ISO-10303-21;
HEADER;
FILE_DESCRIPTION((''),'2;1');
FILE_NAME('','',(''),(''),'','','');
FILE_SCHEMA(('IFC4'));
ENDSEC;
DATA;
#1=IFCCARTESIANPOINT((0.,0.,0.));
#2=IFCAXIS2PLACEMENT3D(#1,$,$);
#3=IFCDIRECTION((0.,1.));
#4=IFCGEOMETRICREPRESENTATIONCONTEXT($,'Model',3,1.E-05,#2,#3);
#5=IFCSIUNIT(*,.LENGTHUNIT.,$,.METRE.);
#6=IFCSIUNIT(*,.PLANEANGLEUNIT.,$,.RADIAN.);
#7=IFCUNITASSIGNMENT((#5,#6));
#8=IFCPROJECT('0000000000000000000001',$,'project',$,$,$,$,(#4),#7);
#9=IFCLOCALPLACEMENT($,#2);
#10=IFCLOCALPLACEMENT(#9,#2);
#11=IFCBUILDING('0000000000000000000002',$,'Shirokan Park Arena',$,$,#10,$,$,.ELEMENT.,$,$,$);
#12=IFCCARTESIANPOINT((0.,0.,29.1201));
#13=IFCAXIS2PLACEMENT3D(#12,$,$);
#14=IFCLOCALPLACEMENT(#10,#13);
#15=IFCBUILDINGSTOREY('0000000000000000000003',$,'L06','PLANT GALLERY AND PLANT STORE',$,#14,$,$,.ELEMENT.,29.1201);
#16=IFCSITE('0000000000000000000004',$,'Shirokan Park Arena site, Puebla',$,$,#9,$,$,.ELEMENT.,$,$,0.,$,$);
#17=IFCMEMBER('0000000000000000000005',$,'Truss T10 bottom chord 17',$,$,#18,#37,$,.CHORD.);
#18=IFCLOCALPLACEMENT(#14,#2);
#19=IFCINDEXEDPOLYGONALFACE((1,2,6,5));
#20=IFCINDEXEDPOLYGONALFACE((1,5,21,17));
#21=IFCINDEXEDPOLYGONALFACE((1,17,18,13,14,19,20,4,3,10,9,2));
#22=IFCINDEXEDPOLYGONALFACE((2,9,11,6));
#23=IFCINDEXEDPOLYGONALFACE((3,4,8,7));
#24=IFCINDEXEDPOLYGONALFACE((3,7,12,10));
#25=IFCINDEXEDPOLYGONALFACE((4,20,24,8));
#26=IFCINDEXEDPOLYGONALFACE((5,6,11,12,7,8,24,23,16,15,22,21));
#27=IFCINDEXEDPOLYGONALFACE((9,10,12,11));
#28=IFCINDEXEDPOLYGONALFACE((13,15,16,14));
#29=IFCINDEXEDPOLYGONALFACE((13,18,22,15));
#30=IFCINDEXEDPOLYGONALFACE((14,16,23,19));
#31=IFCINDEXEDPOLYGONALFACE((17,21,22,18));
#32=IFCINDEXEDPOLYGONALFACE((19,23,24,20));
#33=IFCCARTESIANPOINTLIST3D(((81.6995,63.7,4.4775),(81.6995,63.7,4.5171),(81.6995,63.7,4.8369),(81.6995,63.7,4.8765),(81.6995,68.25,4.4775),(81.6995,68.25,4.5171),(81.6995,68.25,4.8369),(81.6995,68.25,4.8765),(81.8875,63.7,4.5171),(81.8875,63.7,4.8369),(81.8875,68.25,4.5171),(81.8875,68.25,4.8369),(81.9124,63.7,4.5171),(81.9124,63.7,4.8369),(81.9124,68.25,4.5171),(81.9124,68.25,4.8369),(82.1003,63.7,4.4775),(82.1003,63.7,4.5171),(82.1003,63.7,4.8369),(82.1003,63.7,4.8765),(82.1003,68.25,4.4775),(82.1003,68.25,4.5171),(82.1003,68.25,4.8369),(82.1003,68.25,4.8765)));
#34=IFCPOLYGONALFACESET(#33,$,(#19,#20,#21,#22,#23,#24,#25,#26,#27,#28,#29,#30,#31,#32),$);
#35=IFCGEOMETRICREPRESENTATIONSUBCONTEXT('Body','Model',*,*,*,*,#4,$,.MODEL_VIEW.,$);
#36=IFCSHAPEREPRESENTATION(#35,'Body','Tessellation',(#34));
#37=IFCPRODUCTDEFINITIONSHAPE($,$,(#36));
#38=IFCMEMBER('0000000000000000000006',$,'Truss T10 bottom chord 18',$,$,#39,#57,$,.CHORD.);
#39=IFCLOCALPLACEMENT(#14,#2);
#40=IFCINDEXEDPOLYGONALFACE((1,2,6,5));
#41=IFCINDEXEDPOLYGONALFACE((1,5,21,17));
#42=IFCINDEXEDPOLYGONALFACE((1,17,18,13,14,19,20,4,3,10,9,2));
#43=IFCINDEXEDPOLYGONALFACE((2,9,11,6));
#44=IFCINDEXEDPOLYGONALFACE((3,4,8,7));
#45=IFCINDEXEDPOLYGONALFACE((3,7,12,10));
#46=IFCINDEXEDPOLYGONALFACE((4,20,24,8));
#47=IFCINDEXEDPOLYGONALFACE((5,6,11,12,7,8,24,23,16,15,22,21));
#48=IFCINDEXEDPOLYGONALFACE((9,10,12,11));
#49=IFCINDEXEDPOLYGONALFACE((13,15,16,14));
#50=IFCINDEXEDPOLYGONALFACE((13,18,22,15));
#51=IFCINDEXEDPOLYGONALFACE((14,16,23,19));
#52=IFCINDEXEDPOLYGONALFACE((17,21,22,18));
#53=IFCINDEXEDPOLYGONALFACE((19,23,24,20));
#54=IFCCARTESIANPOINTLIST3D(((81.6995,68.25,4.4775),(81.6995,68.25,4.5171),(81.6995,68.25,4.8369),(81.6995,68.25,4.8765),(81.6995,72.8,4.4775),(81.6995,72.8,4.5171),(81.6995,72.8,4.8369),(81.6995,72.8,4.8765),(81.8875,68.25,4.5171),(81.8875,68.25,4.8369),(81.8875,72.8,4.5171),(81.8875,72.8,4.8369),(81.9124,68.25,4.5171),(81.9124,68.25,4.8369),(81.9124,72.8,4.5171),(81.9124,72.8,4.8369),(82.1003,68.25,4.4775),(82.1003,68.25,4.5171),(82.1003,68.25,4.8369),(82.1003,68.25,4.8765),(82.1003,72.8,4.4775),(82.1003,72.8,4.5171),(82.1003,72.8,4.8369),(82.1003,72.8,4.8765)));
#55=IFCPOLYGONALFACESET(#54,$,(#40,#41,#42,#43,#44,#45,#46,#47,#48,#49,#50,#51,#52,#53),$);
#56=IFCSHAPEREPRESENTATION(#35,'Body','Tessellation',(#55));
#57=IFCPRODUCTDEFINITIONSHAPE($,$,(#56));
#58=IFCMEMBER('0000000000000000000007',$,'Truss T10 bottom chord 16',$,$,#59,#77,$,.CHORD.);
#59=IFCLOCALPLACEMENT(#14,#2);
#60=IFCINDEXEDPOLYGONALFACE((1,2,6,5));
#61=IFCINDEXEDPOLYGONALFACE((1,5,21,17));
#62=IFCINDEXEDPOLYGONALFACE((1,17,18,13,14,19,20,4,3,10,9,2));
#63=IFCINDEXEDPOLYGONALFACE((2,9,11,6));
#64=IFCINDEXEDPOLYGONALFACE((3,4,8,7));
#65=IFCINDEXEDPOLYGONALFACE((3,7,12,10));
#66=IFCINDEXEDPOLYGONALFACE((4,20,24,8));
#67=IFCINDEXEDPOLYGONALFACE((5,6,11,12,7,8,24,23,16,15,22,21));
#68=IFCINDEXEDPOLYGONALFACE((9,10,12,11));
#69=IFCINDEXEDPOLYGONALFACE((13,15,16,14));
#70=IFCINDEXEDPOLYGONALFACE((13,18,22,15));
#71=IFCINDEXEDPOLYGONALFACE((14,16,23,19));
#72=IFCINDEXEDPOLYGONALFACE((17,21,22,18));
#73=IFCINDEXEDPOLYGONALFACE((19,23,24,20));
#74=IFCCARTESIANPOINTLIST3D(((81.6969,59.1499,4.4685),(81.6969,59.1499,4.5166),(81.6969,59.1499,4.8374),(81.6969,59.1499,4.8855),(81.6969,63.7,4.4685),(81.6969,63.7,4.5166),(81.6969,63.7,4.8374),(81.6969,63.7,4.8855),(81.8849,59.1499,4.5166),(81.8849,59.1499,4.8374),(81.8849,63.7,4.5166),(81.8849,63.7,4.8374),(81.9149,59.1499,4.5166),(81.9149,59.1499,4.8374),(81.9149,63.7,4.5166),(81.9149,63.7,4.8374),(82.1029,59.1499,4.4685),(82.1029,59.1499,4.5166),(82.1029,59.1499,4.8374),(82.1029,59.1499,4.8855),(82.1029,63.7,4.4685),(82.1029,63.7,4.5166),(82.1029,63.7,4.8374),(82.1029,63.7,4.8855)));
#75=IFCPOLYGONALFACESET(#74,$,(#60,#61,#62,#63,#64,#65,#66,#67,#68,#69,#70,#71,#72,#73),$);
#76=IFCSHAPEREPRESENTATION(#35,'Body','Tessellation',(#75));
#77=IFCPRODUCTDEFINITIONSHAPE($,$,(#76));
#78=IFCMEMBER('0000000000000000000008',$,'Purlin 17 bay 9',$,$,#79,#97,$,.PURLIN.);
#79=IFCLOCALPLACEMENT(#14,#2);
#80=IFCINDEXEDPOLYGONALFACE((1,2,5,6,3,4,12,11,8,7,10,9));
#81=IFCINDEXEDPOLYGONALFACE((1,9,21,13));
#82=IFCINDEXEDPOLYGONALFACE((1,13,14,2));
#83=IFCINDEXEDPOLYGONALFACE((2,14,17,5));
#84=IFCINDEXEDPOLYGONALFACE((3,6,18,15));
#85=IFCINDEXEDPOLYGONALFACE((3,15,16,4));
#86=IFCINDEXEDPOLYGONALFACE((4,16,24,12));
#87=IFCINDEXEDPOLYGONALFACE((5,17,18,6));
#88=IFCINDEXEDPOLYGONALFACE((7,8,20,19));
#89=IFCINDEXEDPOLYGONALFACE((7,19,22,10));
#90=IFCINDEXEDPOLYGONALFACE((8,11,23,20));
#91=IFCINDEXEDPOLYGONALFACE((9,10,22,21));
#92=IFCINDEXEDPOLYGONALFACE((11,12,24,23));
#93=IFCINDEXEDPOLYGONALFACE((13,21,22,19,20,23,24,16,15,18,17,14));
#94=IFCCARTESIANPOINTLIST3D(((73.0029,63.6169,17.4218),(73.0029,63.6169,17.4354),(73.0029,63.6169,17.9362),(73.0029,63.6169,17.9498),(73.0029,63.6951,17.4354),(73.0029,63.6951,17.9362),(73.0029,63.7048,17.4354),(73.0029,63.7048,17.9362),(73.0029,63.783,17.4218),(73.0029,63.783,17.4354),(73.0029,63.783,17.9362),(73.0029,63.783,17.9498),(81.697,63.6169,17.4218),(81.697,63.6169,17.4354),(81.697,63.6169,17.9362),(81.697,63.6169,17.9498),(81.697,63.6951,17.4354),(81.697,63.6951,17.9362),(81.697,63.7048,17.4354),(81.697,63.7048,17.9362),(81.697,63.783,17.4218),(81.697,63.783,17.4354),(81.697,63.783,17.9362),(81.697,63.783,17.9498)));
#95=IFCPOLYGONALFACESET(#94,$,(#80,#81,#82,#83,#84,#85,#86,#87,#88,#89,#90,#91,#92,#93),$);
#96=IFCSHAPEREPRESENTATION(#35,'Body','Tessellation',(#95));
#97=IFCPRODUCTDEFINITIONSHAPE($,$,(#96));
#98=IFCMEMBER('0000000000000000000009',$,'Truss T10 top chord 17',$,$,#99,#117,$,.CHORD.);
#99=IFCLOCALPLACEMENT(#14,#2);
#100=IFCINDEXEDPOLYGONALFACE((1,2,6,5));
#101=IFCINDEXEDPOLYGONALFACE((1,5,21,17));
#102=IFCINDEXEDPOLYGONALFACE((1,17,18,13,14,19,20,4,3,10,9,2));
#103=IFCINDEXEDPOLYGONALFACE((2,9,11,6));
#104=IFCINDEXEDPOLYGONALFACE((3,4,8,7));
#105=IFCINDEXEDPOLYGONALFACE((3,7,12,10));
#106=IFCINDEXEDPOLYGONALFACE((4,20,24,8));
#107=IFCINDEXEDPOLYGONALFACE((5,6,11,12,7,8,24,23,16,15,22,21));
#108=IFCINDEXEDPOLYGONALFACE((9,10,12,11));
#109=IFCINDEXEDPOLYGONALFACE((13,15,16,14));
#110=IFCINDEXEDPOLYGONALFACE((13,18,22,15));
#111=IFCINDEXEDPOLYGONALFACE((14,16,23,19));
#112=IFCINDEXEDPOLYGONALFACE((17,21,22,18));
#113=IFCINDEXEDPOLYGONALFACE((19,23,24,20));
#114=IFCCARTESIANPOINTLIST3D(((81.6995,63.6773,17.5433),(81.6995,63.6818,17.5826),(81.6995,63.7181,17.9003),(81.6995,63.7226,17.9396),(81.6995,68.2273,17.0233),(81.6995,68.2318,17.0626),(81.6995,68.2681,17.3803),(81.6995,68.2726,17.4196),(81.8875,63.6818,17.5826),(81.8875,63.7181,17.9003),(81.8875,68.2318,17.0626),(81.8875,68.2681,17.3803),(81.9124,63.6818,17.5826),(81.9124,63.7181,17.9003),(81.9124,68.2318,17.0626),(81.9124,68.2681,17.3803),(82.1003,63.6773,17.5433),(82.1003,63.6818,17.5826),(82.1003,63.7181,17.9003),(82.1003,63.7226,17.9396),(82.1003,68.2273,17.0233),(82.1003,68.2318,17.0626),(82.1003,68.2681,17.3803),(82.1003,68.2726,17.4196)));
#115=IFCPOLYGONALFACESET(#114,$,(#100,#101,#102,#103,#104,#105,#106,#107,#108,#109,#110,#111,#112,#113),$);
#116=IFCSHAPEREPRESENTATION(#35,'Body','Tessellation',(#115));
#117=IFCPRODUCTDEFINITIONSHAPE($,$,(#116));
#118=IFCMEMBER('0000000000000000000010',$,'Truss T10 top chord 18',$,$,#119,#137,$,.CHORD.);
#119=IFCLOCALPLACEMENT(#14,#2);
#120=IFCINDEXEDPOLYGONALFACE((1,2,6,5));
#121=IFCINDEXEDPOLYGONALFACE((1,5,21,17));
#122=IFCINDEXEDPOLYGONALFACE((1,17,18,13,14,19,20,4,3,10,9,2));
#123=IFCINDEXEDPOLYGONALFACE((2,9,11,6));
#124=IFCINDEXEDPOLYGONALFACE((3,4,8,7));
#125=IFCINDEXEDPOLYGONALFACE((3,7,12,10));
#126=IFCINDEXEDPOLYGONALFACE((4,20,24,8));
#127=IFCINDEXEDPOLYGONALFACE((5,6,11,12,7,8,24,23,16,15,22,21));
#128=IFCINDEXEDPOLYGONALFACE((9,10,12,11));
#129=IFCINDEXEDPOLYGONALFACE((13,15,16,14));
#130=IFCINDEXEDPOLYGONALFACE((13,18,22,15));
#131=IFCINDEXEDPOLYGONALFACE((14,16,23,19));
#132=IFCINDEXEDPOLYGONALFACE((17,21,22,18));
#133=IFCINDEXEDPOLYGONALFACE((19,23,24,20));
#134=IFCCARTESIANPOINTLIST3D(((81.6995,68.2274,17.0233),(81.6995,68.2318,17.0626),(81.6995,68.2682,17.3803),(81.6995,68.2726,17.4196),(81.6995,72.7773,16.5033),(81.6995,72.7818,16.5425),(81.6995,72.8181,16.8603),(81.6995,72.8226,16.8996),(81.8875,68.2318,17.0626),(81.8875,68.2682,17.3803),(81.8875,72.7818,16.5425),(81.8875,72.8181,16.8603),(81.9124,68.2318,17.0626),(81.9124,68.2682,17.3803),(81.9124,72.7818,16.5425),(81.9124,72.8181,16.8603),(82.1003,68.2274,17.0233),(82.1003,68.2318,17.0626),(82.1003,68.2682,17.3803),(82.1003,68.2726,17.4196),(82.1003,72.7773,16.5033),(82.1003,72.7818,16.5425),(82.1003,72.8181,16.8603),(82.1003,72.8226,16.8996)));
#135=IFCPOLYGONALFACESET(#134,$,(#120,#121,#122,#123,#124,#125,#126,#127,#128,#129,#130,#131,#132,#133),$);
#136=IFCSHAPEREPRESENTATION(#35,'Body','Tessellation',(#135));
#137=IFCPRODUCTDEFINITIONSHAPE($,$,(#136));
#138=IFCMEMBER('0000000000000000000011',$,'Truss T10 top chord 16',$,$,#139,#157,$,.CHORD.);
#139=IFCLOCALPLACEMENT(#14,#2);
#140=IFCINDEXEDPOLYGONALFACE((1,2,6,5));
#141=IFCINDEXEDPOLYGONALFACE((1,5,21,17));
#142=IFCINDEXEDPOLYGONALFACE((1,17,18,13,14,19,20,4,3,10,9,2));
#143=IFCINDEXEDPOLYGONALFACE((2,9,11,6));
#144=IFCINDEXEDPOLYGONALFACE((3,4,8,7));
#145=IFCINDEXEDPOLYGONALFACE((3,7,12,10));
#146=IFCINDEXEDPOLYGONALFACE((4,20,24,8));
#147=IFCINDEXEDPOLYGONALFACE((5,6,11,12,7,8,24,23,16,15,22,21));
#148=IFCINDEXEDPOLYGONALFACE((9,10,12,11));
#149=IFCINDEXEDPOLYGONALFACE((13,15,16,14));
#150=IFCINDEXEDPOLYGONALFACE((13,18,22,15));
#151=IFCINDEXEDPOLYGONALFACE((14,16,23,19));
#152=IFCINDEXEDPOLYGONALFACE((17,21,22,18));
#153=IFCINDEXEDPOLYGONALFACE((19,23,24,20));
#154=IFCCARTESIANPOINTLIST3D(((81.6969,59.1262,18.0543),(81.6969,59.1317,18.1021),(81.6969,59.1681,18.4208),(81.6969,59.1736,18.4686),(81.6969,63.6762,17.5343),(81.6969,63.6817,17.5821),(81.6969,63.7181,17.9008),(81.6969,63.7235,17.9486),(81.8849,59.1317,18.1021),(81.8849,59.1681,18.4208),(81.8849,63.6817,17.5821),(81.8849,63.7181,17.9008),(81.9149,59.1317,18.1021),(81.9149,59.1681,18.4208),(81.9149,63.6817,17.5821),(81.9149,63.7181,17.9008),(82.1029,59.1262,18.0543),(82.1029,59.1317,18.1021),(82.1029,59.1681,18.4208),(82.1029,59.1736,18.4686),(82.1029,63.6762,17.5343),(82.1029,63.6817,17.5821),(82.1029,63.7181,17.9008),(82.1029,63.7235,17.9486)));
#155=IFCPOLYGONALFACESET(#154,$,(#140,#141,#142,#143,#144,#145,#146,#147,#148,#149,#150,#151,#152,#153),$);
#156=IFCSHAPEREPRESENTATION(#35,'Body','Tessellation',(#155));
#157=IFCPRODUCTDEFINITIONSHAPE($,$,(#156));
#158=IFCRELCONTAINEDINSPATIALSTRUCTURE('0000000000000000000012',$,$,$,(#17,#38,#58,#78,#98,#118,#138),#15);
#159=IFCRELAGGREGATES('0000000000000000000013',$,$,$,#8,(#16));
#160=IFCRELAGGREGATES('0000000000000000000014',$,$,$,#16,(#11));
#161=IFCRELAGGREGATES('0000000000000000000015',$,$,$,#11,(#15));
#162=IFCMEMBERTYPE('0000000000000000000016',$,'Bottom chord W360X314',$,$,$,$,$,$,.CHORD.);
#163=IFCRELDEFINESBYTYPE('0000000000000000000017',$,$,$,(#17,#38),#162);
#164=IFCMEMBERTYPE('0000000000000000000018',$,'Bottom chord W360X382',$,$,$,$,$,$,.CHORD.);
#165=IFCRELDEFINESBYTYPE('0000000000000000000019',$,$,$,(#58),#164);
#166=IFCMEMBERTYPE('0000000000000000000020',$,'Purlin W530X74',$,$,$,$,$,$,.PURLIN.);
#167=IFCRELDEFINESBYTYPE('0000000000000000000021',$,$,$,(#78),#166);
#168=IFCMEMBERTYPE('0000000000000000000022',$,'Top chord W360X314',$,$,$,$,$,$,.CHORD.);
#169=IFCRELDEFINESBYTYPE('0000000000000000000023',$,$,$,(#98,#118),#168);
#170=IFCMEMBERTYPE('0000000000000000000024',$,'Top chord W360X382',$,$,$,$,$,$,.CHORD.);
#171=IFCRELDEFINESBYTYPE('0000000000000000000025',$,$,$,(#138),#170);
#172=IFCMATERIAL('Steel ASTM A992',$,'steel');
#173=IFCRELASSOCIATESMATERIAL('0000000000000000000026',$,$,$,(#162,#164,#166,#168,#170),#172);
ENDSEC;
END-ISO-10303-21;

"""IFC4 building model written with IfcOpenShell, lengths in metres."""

from ifc_helpers import new_model, si_unit, direction, frame, origin, origin_2d, place, context, subcontext, project, spatial, i_section, extrude, material, material_profile, profile_set, type_object, element, save


model = new_model("IFC4")

# Units and contexts
model_context = context("Model", 3, precision=1e-05, world=origin(), true_north=direction((0.0, 1.0)))
body_context = subcontext(model_context, "Body", "Model", "MODEL_VIEW")
ifc_project = project(units=[si_unit("LENGTHUNIT", "METRE"), si_unit("PLANEANGLEUNIT", "RADIAN")], contexts=[model_context])

# Site, building, storey
site_placement = place(None, origin())
site = spatial("IfcSite", under=ifc_project, at=site_placement, Name="Shirokan Park Arena site, Puebla", CompositionType="ELEMENT", RefElevation=0.0)
building_placement = place(site_placement, origin())
building = spatial("IfcBuilding", under=site, at=building_placement, Name="Shirokan Park Arena", CompositionType="ELEMENT")
storey_placement = place(building_placement, frame((0.0, 0.0, 29.1201)))
storey = spatial("IfcBuildingStorey", under=building, at=storey_placement, Name="L06", Description="PLANT GALLERY AND PLANT STORE", CompositionType="ELEMENT", Elevation=29.1201)

# Members
ifc_material_1 = material(Name="Steel ASTM A992", Category="steel")
ifc_material_profile_1 = material_profile(ifc_material_1, i_section(OverallWidth=0.4009, OverallDepth=0.3989, WebThickness=0.0249, FlangeThickness=0.0396, at=origin_2d()), Name="W360X314")
ifc_profile_set_1 = profile_set([ifc_material_profile_1], Name="Steel ASTM A992")
member_type_1 = type_object("IfcMemberType", Name="Bottom chord W360X314", PredefinedType="CHORD", material=ifc_profile_set_1)
for number, where, z_axis, x_axis, name in (
    (1, (81.8999, 63.7, 4.677), (0.0, 1.0, 0.0), (-1.0, 0.0, 0.0), "Truss T10 bottom chord 17"),
    (2, (81.8999, 68.25, 4.677), (0.0, 1.0, 0.0), (-1.0, 0.0, 0.0), "Truss T10 bottom chord 18"),
):
    element("IfcMember", number, at=place(storey_placement, frame(where, z_axis=z_axis, x_axis=x_axis)), inside=storey, type_object=member_type_1, Name=name, PredefinedType="CHORD", context=body_context, shape_type="SweptSolid", body=[
        extrude(i_section(OverallWidth=0.4009, OverallDepth=0.3989, WebThickness=0.0249, FlangeThickness=0.0396, at=origin_2d()), origin(), (0.0, 0.0, 1.0), 4.55),
    ])
ifc_material_profile_2 = material_profile(ifc_material_1, i_section(OverallWidth=0.406, OverallDepth=0.417, WebThickness=0.03, FlangeThickness=0.0481, at=origin_2d()), Name="W360X382")
ifc_profile_set_2 = profile_set([ifc_material_profile_2], Name="Steel ASTM A992")
member_type_2 = type_object("IfcMemberType", Name="Bottom chord W360X382", PredefinedType="CHORD", material=ifc_profile_set_2)
member_1_placement = place(storey_placement, frame((81.8999, 59.1499, 4.677), z_axis=(0.0, 1.0, 0.0), x_axis=(-1.0, 0.0, 0.0)))
element("IfcMember", 3, at=member_1_placement, inside=storey, type_object=member_type_2, Name="Truss T10 bottom chord 16", PredefinedType="CHORD", context=body_context, shape_type="SweptSolid", body=[
    extrude(i_section(OverallWidth=0.406, OverallDepth=0.417, WebThickness=0.03, FlangeThickness=0.0481, at=origin_2d()), origin(), (0.0, 0.0, 1.0), 4.55),
])
ifc_material_profile_3 = material_profile(ifc_material_1, i_section(OverallWidth=0.166, OverallDepth=0.5281, WebThickness=0.0098, FlangeThickness=0.0137, at=origin_2d()), Name="W530X74")
ifc_profile_set_3 = profile_set([ifc_material_profile_3], Name="Steel ASTM A992")
member_type_3 = type_object("IfcMemberType", Name="Purlin W530X74", PredefinedType="PURLIN", material=ifc_profile_set_3)
member_2_placement = place(storey_placement, frame((73.0029, 63.7, 17.6858), z_axis=(1.0, 0.0, 0.0), x_axis=(0.0, 1.0, 0.0)))
element("IfcMember", 4, at=member_2_placement, inside=storey, type_object=member_type_3, Name="Purlin 17 bay 9", PredefinedType="PURLIN", context=body_context, shape_type="SweptSolid", body=[
    extrude(i_section(OverallWidth=0.166, OverallDepth=0.5281, WebThickness=0.0098, FlangeThickness=0.0137, at=origin_2d()), origin(), (0.0, 0.0, 1.0), 8.6941),
])
ifc_material_profile_4 = material_profile(ifc_material_1, i_section(OverallWidth=0.4009, OverallDepth=0.3989, WebThickness=0.0249, FlangeThickness=0.0396, at=origin_2d()), Name="W360X314")
ifc_profile_set_4 = profile_set([ifc_material_profile_4], Name="Steel ASTM A992")
member_type_4 = type_object("IfcMemberType", Name="Top chord W360X314", PredefinedType="CHORD", material=ifc_profile_set_4)
for number, where, z_axis, x_axis, name in (
    (5, (81.8999, 63.7, 17.7415), (0.0, 0.993532, -0.11355), (-1.0, 0.0, 0.0), "Truss T10 top chord 17"),
    (6, (81.8999, 68.25, 17.2214), (0.0, 0.993532, -0.11355), (-1.0, 0.0, 0.0), "Truss T10 top chord 18"),
):
    element("IfcMember", number, at=place(storey_placement, frame(where, z_axis=z_axis, x_axis=x_axis)), inside=storey, type_object=member_type_4, Name=name, PredefinedType="CHORD", context=body_context, shape_type="SweptSolid", body=[
        extrude(i_section(OverallWidth=0.4009, OverallDepth=0.3989, WebThickness=0.0249, FlangeThickness=0.0396, at=origin_2d()), origin(), (0.0, 0.0, 1.0), 4.5796),
    ])
ifc_material_profile_5 = material_profile(ifc_material_1, i_section(OverallWidth=0.406, OverallDepth=0.417, WebThickness=0.03, FlangeThickness=0.0481, at=origin_2d()), Name="W360X382")
ifc_profile_set_5 = profile_set([ifc_material_profile_5], Name="Steel ASTM A992")
member_type_5 = type_object("IfcMemberType", Name="Top chord W360X382", PredefinedType="CHORD", material=ifc_profile_set_5)
member_3_placement = place(storey_placement, frame((81.8999, 59.1499, 18.2615), z_axis=(0.0, 0.993532, -0.11355), x_axis=(-1.0, 0.0, 0.0)))
element("IfcMember", 7, at=member_3_placement, inside=storey, type_object=member_type_5, Name="Truss T10 top chord 16", PredefinedType="CHORD", context=body_context, shape_type="SweptSolid", body=[
    extrude(i_section(OverallWidth=0.406, OverallDepth=0.417, WebThickness=0.03, FlangeThickness=0.0481, at=origin_2d()), origin(), (0.0, 0.0, 1.0), 4.5796),
])

save(model, "model.ifc")
